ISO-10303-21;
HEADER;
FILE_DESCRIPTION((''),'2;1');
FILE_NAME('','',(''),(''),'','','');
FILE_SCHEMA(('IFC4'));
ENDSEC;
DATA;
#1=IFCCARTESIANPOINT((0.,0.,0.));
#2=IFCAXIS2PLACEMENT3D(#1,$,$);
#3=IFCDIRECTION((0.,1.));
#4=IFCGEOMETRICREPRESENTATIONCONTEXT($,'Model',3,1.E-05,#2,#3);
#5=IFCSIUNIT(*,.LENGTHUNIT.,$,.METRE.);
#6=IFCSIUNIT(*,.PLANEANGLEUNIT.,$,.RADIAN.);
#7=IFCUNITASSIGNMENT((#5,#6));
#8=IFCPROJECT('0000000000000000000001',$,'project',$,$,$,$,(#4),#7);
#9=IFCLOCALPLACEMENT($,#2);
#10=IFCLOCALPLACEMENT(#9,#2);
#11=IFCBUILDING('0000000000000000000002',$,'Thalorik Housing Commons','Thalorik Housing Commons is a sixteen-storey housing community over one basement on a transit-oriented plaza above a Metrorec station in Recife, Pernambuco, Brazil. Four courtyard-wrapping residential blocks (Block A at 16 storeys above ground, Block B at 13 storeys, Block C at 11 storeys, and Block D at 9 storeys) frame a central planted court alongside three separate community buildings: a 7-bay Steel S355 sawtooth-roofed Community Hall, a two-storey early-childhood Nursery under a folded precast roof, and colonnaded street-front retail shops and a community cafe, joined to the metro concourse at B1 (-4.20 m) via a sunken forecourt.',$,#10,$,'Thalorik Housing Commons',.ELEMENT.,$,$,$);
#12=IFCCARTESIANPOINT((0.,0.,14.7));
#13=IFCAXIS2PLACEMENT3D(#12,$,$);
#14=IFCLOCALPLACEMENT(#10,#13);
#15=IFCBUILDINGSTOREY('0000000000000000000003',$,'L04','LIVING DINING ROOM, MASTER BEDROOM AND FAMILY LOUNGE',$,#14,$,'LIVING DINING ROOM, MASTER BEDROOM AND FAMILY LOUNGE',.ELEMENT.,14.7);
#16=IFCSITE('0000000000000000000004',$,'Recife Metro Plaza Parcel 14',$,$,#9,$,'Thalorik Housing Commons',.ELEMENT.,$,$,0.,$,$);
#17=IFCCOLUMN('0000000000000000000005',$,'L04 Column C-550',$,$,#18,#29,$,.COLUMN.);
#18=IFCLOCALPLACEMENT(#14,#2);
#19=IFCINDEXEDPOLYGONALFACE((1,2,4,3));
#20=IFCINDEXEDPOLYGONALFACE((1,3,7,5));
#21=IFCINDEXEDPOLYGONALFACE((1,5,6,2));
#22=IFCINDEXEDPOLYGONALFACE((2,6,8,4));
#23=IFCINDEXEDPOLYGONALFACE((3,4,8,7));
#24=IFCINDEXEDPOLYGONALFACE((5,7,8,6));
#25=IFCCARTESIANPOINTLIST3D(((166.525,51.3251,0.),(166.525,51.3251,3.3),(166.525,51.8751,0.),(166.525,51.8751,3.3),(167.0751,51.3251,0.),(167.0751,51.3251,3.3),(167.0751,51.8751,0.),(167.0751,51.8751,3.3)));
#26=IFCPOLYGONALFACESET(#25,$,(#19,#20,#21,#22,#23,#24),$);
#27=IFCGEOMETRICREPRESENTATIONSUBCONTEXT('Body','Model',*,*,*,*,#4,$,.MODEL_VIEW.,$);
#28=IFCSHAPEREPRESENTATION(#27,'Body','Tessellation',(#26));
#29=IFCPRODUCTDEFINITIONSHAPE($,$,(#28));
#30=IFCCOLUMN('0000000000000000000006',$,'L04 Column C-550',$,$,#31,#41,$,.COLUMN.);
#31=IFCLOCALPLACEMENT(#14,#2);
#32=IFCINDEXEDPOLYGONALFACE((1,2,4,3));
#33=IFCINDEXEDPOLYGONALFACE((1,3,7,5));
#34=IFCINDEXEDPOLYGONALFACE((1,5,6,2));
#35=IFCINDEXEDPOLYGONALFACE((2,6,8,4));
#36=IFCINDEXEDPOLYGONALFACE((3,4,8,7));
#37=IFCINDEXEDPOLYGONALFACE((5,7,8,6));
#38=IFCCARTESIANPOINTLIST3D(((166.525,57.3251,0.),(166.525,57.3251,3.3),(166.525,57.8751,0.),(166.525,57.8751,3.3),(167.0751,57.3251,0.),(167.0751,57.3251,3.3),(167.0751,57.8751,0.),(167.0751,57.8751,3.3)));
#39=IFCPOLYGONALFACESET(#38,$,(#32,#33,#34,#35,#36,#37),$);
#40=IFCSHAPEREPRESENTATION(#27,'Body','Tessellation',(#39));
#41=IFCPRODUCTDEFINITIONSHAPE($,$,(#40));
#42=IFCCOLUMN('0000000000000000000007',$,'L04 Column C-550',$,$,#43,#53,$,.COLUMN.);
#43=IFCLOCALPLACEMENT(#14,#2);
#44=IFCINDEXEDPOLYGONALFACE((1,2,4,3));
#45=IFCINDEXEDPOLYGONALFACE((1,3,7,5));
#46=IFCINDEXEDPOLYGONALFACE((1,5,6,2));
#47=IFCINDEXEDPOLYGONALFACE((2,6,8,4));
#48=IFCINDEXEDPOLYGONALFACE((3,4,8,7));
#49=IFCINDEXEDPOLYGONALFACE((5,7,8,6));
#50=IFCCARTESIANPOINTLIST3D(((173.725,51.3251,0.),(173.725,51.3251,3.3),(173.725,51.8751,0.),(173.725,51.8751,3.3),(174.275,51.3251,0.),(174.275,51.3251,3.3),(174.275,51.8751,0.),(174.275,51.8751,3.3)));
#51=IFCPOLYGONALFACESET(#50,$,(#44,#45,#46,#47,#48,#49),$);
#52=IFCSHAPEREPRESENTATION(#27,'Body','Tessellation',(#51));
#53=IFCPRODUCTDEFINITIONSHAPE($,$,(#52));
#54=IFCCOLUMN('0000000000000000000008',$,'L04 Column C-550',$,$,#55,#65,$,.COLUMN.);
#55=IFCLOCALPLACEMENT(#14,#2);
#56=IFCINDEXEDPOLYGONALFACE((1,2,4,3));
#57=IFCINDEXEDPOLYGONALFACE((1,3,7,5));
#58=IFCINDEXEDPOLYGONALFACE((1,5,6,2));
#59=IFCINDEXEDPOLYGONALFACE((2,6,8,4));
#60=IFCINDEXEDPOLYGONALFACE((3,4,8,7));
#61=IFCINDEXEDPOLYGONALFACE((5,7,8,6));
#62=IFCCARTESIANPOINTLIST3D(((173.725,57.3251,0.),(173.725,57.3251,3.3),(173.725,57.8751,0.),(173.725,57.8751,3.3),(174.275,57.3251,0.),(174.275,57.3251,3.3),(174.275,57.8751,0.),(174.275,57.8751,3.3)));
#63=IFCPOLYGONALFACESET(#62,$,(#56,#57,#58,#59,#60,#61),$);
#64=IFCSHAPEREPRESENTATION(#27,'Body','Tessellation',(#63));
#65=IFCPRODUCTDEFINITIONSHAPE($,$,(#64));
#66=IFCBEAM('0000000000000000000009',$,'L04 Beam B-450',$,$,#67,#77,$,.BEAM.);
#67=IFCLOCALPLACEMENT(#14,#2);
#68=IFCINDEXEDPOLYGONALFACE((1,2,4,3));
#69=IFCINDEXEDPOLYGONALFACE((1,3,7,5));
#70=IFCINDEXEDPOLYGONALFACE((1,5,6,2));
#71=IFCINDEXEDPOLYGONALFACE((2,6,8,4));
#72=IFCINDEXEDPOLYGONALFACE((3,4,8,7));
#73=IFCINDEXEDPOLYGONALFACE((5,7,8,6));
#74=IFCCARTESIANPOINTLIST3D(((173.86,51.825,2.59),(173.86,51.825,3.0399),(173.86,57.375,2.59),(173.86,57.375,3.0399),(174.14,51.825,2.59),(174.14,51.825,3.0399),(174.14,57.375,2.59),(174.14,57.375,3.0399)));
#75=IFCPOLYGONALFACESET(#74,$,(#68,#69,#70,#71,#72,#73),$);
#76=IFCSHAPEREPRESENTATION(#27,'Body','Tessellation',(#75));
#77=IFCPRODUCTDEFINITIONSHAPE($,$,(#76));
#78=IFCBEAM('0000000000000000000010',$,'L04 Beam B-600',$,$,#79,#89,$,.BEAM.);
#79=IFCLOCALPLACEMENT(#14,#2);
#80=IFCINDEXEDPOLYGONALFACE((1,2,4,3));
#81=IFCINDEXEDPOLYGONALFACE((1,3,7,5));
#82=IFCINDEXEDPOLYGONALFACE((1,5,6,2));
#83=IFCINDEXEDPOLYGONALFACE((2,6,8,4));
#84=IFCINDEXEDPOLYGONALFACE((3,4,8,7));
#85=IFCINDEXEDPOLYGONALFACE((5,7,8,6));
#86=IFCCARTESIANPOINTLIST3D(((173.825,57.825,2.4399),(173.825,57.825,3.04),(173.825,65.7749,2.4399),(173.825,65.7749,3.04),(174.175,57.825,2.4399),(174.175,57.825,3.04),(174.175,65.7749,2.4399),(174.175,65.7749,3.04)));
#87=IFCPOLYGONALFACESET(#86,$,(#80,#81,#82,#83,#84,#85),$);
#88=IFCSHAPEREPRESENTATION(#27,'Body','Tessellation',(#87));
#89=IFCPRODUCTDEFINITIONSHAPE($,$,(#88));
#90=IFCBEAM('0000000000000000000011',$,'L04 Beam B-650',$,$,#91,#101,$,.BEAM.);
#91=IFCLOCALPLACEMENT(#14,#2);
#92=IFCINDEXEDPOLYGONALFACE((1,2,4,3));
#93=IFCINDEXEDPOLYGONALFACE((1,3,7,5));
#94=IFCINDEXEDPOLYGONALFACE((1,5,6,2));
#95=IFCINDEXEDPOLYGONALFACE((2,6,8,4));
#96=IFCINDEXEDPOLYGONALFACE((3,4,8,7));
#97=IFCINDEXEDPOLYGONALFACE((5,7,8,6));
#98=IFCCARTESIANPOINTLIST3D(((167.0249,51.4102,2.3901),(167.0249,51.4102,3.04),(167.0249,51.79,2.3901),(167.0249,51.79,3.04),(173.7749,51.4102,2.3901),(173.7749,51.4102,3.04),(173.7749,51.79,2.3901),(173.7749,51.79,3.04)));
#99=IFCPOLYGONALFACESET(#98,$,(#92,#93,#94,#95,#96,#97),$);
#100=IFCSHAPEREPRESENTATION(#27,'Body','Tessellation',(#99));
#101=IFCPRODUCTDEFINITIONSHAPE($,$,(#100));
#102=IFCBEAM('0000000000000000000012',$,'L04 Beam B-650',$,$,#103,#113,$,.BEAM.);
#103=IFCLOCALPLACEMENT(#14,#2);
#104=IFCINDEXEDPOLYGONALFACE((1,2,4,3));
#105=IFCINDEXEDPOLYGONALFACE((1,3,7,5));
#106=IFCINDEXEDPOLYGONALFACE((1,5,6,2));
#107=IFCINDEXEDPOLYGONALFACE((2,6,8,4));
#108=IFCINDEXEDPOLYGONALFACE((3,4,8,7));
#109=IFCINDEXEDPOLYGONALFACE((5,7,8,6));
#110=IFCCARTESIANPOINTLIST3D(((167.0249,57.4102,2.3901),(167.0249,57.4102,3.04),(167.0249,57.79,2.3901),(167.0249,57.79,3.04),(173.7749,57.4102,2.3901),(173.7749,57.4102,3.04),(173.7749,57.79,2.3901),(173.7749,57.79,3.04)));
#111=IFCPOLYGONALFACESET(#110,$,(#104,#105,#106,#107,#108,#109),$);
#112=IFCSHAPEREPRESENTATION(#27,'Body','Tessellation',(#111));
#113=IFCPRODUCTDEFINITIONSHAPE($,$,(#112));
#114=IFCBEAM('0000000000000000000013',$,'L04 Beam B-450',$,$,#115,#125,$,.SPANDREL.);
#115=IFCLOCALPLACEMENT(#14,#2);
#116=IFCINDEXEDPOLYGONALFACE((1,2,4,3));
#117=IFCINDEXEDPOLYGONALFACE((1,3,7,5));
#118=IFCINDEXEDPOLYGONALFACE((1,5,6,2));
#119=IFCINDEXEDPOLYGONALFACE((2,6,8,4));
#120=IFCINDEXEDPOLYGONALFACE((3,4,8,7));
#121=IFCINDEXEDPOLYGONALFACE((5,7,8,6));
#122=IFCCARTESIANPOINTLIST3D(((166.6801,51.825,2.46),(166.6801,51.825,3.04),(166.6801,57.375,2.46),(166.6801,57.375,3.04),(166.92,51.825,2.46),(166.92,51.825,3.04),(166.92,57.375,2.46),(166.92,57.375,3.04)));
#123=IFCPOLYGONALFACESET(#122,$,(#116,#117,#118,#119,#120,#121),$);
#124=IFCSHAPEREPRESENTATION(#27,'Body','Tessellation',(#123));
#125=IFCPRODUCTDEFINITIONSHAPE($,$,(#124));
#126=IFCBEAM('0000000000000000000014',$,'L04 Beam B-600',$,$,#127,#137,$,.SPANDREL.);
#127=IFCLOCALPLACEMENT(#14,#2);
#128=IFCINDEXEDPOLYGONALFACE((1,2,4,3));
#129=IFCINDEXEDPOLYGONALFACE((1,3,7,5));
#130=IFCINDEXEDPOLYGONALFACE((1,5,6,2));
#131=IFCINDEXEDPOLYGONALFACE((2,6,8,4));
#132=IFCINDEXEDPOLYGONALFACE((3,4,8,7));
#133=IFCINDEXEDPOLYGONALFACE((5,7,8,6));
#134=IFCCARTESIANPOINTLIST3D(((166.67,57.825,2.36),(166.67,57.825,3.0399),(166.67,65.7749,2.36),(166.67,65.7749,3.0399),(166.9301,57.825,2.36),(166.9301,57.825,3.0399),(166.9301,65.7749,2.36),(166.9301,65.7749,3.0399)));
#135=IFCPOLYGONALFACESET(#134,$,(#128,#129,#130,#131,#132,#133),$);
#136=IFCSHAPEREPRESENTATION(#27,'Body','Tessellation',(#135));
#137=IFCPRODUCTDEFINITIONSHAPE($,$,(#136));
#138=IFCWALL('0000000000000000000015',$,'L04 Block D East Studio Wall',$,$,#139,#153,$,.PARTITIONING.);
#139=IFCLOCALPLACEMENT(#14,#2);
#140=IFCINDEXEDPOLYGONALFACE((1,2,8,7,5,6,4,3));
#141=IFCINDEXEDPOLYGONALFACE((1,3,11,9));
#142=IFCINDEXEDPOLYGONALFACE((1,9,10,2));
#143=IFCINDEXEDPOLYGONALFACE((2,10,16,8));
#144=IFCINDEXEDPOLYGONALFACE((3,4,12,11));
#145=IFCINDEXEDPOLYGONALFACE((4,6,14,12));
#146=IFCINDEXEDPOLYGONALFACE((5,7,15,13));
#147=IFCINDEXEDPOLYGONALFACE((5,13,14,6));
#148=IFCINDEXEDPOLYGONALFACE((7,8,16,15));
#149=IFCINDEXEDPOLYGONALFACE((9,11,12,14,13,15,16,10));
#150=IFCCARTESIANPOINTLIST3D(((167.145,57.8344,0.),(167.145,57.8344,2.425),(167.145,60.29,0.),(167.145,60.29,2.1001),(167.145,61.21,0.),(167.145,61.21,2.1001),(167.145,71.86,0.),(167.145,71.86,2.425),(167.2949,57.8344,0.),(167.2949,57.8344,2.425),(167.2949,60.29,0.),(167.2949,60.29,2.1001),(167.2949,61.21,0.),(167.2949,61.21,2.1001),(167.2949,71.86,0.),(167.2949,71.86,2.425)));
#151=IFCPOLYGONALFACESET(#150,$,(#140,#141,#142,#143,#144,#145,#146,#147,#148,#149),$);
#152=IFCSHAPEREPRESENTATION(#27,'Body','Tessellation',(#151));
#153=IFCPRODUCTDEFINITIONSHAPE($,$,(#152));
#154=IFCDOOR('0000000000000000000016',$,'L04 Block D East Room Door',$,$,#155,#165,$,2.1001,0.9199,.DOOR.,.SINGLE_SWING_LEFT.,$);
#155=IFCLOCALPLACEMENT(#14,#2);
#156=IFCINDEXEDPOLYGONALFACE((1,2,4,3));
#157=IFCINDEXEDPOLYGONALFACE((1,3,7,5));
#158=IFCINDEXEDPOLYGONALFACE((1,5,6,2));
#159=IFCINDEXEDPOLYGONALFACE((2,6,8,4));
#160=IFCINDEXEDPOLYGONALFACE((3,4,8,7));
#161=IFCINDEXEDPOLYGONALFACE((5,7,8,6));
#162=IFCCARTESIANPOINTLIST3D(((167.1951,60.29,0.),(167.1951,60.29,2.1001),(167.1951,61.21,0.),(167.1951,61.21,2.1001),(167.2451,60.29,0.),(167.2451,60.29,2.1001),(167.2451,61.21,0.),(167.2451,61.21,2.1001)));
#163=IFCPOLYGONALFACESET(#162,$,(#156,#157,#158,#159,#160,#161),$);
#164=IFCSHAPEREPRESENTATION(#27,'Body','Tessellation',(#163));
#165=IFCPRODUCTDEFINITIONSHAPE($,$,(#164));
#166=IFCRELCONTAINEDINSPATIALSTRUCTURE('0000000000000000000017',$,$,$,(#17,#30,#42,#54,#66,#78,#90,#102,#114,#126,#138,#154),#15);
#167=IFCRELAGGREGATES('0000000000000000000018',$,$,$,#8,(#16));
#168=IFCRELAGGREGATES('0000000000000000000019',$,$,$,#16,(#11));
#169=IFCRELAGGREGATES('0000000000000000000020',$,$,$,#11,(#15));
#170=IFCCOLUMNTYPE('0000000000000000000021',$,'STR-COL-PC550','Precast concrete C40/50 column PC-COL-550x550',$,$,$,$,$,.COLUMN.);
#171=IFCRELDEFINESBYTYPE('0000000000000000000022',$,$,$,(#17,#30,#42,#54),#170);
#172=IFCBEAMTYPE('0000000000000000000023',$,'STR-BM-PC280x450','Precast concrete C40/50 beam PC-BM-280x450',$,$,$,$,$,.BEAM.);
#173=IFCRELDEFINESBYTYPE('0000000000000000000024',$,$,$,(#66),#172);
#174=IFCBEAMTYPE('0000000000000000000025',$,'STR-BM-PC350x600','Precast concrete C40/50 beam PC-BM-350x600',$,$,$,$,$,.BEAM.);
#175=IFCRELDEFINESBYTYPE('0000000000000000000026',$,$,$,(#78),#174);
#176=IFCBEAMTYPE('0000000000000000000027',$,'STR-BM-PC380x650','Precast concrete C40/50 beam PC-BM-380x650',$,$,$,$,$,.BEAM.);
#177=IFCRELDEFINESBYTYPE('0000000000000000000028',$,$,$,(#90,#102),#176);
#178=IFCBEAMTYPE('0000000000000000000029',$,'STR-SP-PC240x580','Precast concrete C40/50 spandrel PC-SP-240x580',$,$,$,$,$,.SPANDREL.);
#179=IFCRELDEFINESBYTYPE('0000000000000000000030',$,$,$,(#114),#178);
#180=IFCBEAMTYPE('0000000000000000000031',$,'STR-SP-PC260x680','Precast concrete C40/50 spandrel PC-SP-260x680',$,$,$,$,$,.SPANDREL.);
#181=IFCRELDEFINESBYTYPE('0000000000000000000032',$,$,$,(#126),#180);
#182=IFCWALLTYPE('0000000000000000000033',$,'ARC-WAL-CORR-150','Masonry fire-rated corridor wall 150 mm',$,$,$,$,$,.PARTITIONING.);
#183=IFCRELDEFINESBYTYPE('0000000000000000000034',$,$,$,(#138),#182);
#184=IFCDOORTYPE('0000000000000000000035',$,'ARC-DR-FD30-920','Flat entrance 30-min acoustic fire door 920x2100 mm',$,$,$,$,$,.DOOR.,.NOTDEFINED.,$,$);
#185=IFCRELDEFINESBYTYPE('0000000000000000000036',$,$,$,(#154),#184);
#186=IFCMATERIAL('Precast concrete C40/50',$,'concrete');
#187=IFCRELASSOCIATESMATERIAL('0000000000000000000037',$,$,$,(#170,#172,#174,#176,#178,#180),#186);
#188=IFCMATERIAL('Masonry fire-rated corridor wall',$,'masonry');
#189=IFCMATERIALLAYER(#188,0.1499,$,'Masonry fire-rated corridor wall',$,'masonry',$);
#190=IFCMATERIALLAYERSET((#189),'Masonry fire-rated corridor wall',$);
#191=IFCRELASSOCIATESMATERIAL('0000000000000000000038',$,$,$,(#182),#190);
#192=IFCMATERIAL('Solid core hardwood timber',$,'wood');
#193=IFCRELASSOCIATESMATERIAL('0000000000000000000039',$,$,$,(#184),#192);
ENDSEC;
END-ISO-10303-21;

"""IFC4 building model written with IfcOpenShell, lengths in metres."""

from ifc_helpers import new_model, si_unit, direction, frame, frame_2d, origin, origin_2d, place, context, subcontext, project, spatial, rectangle, extrude, material, layer, layer_set, material_profile, profile_set, type_object, element, fill, save


model = new_model("IFC4")

# Units and contexts
model_context = context("Model", 3, precision=1e-05, world=origin(), true_north=direction((0.0, 1.0)))
body_context = subcontext(model_context, "Body", "Model", "MODEL_VIEW")
ifc_project = project(units=[si_unit("LENGTHUNIT", "METRE"), si_unit("PLANEANGLEUNIT", "RADIAN")], contexts=[model_context])

# Site, building, storey
site_placement = place(None, origin())
site = spatial("IfcSite", under=ifc_project, at=site_placement, Name="Recife Metro Plaza Parcel 14", LongName="Thalorik Housing Commons", CompositionType="ELEMENT", RefElevation=0.0)
building_placement = place(site_placement, origin())
building = spatial("IfcBuilding", under=site, at=building_placement, Name="Thalorik Housing Commons", Description="Thalorik Housing Commons is a sixteen-storey housing community over one basement on a transit-oriented plaza above a Metrorec station in Recife, Pernambuco, Brazil. Four courtyard-wrapping residential blocks (Block A at 16 storeys above ground, Block B at 13 storeys, Block C at 11 storeys, and Block D at 9 storeys) frame a central planted court alongside three separate community buildings: a 7-bay Steel S355 sawtooth-roofed Community Hall, a two-storey early-childhood Nursery under a folded precast roof, and colonnaded street-front retail shops and a community cafe, joined to the metro concourse at B1 (-4.20 m) via a sunken forecourt.", LongName="Thalorik Housing Commons", CompositionType="ELEMENT")
storey_placement = place(building_placement, frame((0.0, 0.0, 14.7)))
storey = spatial("IfcBuildingStorey", under=building, at=storey_placement, Name="L04", Description="LIVING DINING ROOM, MASTER BEDROOM AND FAMILY LOUNGE", LongName="LIVING DINING ROOM, MASTER BEDROOM AND FAMILY LOUNGE", CompositionType="ELEMENT", Elevation=14.7)

# Columns
ifc_material_1 = material(Name="Precast concrete C40/50", Category="concrete")
ifc_material_profile_1 = material_profile(ifc_material_1, rectangle(XDim=0.55, YDim=0.55, at=origin_2d()), Name="PC 550x550", Category="concrete")
ifc_profile_set_1 = profile_set([ifc_material_profile_1], Name="Precast concrete C40/50")
column_type = type_object("IfcColumnType", Name="STR-COL-PC550", Description="Precast concrete C40/50 column PC-COL-550x550", PredefinedType="COLUMN", material=ifc_profile_set_1)
for number, where, z_axis, x_axis, name in (
    (1, (166.8, 51.6001, 0.0), (0.0, 0.0, 1.0), (1.0, 0.0, 0.0), "L04 Column C-550"),
    (2, (166.8, 57.6001, 0.0), (0.0, 0.0, 1.0), (1.0, 0.0, 0.0), "L04 Column C-550"),
    (3, (174.0, 51.6001, 0.0), (0.0, 0.0, 1.0), (1.0, 0.0, 0.0), "L04 Column C-550"),
    (4, (174.0, 57.6001, 0.0), (0.0, 0.0, 1.0), (1.0, 0.0, 0.0), "L04 Column C-550"),
):
    element("IfcColumn", number, at=place(storey_placement, frame(where, z_axis=z_axis, x_axis=x_axis)), inside=storey, type_object=column_type, Name=name, PredefinedType="COLUMN", context=body_context, shape_type="SweptSolid", body=[
        extrude(rectangle(XDim=0.55, YDim=0.55, at=origin_2d()), origin(), (0.0, 0.0, 1.0), 3.3),
    ])

# Beams
ifc_material_profile_2 = material_profile(ifc_material_1, rectangle(XDim=0.28, YDim=0.45, at=origin_2d()), Name="PC 280x450", Category="concrete")
ifc_profile_set_2 = profile_set([ifc_material_profile_2], Name="Precast concrete C40/50")
beam_type_1 = type_object("IfcBeamType", Name="STR-BM-PC280x450", Description="Precast concrete C40/50 beam PC-BM-280x450", PredefinedType="BEAM", material=ifc_profile_set_2)
beam_1_placement = place(storey_placement, frame((174.0, 51.825, 2.8149), z_axis=(0.0, 1.0, 0.0), x_axis=(-1.0, 0.0, 0.0)))
element("IfcBeam", 5, at=beam_1_placement, inside=storey, type_object=beam_type_1, Name="L04 Beam B-450", PredefinedType="BEAM", context=body_context, shape_type="SweptSolid", body=[
    extrude(rectangle(XDim=0.28, YDim=0.45, at=origin_2d()), origin(), (0.0, 0.0, 1.0), 5.55),
])
ifc_material_profile_3 = material_profile(ifc_material_1, rectangle(XDim=0.3501, YDim=0.6001, at=origin_2d()), Name="PC 350x600", Category="concrete")
ifc_profile_set_3 = profile_set([ifc_material_profile_3], Name="Precast concrete C40/50")
beam_type_2 = type_object("IfcBeamType", Name="STR-BM-PC350x600", Description="Precast concrete C40/50 beam PC-BM-350x600", PredefinedType="BEAM", material=ifc_profile_set_3)
beam_2_placement = place(storey_placement, frame((174.0, 57.825, 2.74), z_axis=(0.0, 1.0, 0.0), x_axis=(-1.0, 0.0, 0.0)))
element("IfcBeam", 6, at=beam_2_placement, inside=storey, type_object=beam_type_2, Name="L04 Beam B-600", PredefinedType="BEAM", context=body_context, shape_type="SweptSolid", body=[
    extrude(rectangle(XDim=0.3501, YDim=0.6001, at=origin_2d()), origin(), (0.0, 0.0, 1.0), 7.95),
])
ifc_material_profile_4 = material_profile(ifc_material_1, rectangle(XDim=0.3799, YDim=0.6499, at=origin_2d()), Name="PC 380x650", Category="concrete")
ifc_profile_set_4 = profile_set([ifc_material_profile_4], Name="Precast concrete C40/50")
beam_type_3 = type_object("IfcBeamType", Name="STR-BM-PC380x650", Description="Precast concrete C40/50 beam PC-BM-380x650", PredefinedType="BEAM", material=ifc_profile_set_4)
for number, where, z_axis, x_axis, name in (
    (7, (167.0249, 51.6001, 2.7151), (1.0, 0.0, 0.0), (0.0, 1.0, 0.0), "L04 Beam B-650"),
    (8, (167.0249, 57.6001, 2.7151), (1.0, 0.0, 0.0), (0.0, 1.0, 0.0), "L04 Beam B-650"),
):
    element("IfcBeam", number, at=place(storey_placement, frame(where, z_axis=z_axis, x_axis=x_axis)), inside=storey, type_object=beam_type_3, Name=name, PredefinedType="BEAM", context=body_context, shape_type="SweptSolid", body=[
        extrude(rectangle(XDim=0.3799, YDim=0.6499, at=origin_2d()), origin(), (0.0, 0.0, 1.0), 6.75),
    ])
ifc_material_profile_5 = material_profile(ifc_material_1, rectangle(XDim=0.24, YDim=0.5801, at=origin_2d()), Name="PC SP 240x580", Category="concrete")
ifc_profile_set_5 = profile_set([ifc_material_profile_5], Name="Precast concrete C40/50")
beam_type_4 = type_object("IfcBeamType", Name="STR-SP-PC240x580", Description="Precast concrete C40/50 spandrel PC-SP-240x580", PredefinedType="SPANDREL", material=ifc_profile_set_5)
beam_3_placement = place(storey_placement, frame((166.8, 51.825, 2.75), z_axis=(0.0, 1.0, 0.0), x_axis=(-1.0, 0.0, 0.0)))
element("IfcBeam", 9, at=beam_3_placement, inside=storey, type_object=beam_type_4, Name="L04 Beam B-450", PredefinedType="SPANDREL", context=body_context, shape_type="SweptSolid", body=[
    extrude(rectangle(XDim=0.24, YDim=0.5801, at=origin_2d()), origin(), (0.0, 0.0, 1.0), 5.55),
])
ifc_material_profile_6 = material_profile(ifc_material_1, rectangle(XDim=0.26, YDim=0.6799, at=origin_2d()), Name="PC SP 260x680", Category="concrete")
ifc_profile_set_6 = profile_set([ifc_material_profile_6], Name="Precast concrete C40/50")
beam_type_5 = type_object("IfcBeamType", Name="STR-SP-PC260x680", Description="Precast concrete C40/50 spandrel PC-SP-260x680", PredefinedType="SPANDREL", material=ifc_profile_set_6)
beam_4_placement = place(storey_placement, frame((166.8, 57.825, 2.7), z_axis=(0.0, 1.0, 0.0), x_axis=(-1.0, 0.0, 0.0)))
element("IfcBeam", 10, at=beam_4_placement, inside=storey, type_object=beam_type_5, Name="L04 Beam B-600", PredefinedType="SPANDREL", context=body_context, shape_type="SweptSolid", body=[
    extrude(rectangle(XDim=0.26, YDim=0.6799, at=origin_2d()), origin(), (0.0, 0.0, 1.0), 7.95),
])

# Wall, opening, door
ifc_material_2 = material(Name="Masonry fire-rated corridor wall", Category="masonry")
ifc_layer_1 = layer(ifc_material_2, 0.1499, Name="Masonry fire-rated corridor wall", Category="masonry")
ifc_layer_set_1 = layer_set([ifc_layer_1], Name="Masonry fire-rated corridor wall")
wall_type_1 = type_object("IfcWallType", Name="ARC-WAL-CORR-150", Description="Masonry fire-rated corridor wall 150 mm", PredefinedType="PARTITIONING", material=ifc_layer_set_1)
wall_1_placement = place(storey_placement, frame((167.22, 57.8345, 0.0), z_axis=(0.0, 0.0, 1.0), x_axis=(0.0, 1.0, 0.0)))
wall_1 = element("IfcWall", 11, at=wall_1_placement, inside=storey, type_object=wall_type_1, Name="L04 Block D East Studio Wall", PredefinedType="PARTITIONING", context=body_context, shape_type="SweptSolid", body=[
    extrude(rectangle(XDim=14.0256, YDim=0.1499, at=frame_2d((7.0127, 0.0))), origin(), (0.0, 0.0, 1.0), 2.425),
])
opening_1_placement = place(wall_1_placement, frame((2.4556, 0.0, 0.0)))
opening_1 = element("IfcOpeningElement", 12, at=opening_1_placement, cuts=wall_1, PredefinedType="OPENING", context=body_context, shape_type="SweptSolid", body=[
    extrude(rectangle(XDim=0.9199, YDim=2.1001, at=frame_2d((0.46, 1.05))), frame((0.0, 0.085, 0.0), z_axis=(0.0, -1.0, 0.0), x_axis=(1.0, 0.0, 0.0)), (0.0, 0.0, 1.0), 0.1699),
])
ifc_material_3 = material(Name="Solid core hardwood timber", Category="wood")
door_type_1 = type_object("IfcDoorType", Name="ARC-DR-FD30-920", Description="Flat entrance 30-min acoustic fire door 920x2100 mm", OperationType="NOTDEFINED", PredefinedType="DOOR", material=ifc_material_3)
door_1_placement = place(opening_1_placement, origin())
door_1 = element("IfcDoor", 13, at=door_1_placement, inside=storey, type_object=door_type_1, Name="L04 Block D East Room Door", OperationType="SINGLE_SWING_LEFT", OverallHeight=2.1001, OverallWidth=0.9199, PredefinedType="DOOR", context=body_context, shape_type="SweptSolid", body=[
    extrude(rectangle(XDim=0.9199, YDim=2.1001, at=frame_2d((0.46, 1.05))), frame((0.0, 0.0249, 0.0), z_axis=(0.0, -1.0, 0.0), x_axis=(1.0, 0.0, 0.0)), (0.0, 0.0, 1.0), 0.05),
])
fill(opening_1, door_1)

save(model, "model.ifc")
